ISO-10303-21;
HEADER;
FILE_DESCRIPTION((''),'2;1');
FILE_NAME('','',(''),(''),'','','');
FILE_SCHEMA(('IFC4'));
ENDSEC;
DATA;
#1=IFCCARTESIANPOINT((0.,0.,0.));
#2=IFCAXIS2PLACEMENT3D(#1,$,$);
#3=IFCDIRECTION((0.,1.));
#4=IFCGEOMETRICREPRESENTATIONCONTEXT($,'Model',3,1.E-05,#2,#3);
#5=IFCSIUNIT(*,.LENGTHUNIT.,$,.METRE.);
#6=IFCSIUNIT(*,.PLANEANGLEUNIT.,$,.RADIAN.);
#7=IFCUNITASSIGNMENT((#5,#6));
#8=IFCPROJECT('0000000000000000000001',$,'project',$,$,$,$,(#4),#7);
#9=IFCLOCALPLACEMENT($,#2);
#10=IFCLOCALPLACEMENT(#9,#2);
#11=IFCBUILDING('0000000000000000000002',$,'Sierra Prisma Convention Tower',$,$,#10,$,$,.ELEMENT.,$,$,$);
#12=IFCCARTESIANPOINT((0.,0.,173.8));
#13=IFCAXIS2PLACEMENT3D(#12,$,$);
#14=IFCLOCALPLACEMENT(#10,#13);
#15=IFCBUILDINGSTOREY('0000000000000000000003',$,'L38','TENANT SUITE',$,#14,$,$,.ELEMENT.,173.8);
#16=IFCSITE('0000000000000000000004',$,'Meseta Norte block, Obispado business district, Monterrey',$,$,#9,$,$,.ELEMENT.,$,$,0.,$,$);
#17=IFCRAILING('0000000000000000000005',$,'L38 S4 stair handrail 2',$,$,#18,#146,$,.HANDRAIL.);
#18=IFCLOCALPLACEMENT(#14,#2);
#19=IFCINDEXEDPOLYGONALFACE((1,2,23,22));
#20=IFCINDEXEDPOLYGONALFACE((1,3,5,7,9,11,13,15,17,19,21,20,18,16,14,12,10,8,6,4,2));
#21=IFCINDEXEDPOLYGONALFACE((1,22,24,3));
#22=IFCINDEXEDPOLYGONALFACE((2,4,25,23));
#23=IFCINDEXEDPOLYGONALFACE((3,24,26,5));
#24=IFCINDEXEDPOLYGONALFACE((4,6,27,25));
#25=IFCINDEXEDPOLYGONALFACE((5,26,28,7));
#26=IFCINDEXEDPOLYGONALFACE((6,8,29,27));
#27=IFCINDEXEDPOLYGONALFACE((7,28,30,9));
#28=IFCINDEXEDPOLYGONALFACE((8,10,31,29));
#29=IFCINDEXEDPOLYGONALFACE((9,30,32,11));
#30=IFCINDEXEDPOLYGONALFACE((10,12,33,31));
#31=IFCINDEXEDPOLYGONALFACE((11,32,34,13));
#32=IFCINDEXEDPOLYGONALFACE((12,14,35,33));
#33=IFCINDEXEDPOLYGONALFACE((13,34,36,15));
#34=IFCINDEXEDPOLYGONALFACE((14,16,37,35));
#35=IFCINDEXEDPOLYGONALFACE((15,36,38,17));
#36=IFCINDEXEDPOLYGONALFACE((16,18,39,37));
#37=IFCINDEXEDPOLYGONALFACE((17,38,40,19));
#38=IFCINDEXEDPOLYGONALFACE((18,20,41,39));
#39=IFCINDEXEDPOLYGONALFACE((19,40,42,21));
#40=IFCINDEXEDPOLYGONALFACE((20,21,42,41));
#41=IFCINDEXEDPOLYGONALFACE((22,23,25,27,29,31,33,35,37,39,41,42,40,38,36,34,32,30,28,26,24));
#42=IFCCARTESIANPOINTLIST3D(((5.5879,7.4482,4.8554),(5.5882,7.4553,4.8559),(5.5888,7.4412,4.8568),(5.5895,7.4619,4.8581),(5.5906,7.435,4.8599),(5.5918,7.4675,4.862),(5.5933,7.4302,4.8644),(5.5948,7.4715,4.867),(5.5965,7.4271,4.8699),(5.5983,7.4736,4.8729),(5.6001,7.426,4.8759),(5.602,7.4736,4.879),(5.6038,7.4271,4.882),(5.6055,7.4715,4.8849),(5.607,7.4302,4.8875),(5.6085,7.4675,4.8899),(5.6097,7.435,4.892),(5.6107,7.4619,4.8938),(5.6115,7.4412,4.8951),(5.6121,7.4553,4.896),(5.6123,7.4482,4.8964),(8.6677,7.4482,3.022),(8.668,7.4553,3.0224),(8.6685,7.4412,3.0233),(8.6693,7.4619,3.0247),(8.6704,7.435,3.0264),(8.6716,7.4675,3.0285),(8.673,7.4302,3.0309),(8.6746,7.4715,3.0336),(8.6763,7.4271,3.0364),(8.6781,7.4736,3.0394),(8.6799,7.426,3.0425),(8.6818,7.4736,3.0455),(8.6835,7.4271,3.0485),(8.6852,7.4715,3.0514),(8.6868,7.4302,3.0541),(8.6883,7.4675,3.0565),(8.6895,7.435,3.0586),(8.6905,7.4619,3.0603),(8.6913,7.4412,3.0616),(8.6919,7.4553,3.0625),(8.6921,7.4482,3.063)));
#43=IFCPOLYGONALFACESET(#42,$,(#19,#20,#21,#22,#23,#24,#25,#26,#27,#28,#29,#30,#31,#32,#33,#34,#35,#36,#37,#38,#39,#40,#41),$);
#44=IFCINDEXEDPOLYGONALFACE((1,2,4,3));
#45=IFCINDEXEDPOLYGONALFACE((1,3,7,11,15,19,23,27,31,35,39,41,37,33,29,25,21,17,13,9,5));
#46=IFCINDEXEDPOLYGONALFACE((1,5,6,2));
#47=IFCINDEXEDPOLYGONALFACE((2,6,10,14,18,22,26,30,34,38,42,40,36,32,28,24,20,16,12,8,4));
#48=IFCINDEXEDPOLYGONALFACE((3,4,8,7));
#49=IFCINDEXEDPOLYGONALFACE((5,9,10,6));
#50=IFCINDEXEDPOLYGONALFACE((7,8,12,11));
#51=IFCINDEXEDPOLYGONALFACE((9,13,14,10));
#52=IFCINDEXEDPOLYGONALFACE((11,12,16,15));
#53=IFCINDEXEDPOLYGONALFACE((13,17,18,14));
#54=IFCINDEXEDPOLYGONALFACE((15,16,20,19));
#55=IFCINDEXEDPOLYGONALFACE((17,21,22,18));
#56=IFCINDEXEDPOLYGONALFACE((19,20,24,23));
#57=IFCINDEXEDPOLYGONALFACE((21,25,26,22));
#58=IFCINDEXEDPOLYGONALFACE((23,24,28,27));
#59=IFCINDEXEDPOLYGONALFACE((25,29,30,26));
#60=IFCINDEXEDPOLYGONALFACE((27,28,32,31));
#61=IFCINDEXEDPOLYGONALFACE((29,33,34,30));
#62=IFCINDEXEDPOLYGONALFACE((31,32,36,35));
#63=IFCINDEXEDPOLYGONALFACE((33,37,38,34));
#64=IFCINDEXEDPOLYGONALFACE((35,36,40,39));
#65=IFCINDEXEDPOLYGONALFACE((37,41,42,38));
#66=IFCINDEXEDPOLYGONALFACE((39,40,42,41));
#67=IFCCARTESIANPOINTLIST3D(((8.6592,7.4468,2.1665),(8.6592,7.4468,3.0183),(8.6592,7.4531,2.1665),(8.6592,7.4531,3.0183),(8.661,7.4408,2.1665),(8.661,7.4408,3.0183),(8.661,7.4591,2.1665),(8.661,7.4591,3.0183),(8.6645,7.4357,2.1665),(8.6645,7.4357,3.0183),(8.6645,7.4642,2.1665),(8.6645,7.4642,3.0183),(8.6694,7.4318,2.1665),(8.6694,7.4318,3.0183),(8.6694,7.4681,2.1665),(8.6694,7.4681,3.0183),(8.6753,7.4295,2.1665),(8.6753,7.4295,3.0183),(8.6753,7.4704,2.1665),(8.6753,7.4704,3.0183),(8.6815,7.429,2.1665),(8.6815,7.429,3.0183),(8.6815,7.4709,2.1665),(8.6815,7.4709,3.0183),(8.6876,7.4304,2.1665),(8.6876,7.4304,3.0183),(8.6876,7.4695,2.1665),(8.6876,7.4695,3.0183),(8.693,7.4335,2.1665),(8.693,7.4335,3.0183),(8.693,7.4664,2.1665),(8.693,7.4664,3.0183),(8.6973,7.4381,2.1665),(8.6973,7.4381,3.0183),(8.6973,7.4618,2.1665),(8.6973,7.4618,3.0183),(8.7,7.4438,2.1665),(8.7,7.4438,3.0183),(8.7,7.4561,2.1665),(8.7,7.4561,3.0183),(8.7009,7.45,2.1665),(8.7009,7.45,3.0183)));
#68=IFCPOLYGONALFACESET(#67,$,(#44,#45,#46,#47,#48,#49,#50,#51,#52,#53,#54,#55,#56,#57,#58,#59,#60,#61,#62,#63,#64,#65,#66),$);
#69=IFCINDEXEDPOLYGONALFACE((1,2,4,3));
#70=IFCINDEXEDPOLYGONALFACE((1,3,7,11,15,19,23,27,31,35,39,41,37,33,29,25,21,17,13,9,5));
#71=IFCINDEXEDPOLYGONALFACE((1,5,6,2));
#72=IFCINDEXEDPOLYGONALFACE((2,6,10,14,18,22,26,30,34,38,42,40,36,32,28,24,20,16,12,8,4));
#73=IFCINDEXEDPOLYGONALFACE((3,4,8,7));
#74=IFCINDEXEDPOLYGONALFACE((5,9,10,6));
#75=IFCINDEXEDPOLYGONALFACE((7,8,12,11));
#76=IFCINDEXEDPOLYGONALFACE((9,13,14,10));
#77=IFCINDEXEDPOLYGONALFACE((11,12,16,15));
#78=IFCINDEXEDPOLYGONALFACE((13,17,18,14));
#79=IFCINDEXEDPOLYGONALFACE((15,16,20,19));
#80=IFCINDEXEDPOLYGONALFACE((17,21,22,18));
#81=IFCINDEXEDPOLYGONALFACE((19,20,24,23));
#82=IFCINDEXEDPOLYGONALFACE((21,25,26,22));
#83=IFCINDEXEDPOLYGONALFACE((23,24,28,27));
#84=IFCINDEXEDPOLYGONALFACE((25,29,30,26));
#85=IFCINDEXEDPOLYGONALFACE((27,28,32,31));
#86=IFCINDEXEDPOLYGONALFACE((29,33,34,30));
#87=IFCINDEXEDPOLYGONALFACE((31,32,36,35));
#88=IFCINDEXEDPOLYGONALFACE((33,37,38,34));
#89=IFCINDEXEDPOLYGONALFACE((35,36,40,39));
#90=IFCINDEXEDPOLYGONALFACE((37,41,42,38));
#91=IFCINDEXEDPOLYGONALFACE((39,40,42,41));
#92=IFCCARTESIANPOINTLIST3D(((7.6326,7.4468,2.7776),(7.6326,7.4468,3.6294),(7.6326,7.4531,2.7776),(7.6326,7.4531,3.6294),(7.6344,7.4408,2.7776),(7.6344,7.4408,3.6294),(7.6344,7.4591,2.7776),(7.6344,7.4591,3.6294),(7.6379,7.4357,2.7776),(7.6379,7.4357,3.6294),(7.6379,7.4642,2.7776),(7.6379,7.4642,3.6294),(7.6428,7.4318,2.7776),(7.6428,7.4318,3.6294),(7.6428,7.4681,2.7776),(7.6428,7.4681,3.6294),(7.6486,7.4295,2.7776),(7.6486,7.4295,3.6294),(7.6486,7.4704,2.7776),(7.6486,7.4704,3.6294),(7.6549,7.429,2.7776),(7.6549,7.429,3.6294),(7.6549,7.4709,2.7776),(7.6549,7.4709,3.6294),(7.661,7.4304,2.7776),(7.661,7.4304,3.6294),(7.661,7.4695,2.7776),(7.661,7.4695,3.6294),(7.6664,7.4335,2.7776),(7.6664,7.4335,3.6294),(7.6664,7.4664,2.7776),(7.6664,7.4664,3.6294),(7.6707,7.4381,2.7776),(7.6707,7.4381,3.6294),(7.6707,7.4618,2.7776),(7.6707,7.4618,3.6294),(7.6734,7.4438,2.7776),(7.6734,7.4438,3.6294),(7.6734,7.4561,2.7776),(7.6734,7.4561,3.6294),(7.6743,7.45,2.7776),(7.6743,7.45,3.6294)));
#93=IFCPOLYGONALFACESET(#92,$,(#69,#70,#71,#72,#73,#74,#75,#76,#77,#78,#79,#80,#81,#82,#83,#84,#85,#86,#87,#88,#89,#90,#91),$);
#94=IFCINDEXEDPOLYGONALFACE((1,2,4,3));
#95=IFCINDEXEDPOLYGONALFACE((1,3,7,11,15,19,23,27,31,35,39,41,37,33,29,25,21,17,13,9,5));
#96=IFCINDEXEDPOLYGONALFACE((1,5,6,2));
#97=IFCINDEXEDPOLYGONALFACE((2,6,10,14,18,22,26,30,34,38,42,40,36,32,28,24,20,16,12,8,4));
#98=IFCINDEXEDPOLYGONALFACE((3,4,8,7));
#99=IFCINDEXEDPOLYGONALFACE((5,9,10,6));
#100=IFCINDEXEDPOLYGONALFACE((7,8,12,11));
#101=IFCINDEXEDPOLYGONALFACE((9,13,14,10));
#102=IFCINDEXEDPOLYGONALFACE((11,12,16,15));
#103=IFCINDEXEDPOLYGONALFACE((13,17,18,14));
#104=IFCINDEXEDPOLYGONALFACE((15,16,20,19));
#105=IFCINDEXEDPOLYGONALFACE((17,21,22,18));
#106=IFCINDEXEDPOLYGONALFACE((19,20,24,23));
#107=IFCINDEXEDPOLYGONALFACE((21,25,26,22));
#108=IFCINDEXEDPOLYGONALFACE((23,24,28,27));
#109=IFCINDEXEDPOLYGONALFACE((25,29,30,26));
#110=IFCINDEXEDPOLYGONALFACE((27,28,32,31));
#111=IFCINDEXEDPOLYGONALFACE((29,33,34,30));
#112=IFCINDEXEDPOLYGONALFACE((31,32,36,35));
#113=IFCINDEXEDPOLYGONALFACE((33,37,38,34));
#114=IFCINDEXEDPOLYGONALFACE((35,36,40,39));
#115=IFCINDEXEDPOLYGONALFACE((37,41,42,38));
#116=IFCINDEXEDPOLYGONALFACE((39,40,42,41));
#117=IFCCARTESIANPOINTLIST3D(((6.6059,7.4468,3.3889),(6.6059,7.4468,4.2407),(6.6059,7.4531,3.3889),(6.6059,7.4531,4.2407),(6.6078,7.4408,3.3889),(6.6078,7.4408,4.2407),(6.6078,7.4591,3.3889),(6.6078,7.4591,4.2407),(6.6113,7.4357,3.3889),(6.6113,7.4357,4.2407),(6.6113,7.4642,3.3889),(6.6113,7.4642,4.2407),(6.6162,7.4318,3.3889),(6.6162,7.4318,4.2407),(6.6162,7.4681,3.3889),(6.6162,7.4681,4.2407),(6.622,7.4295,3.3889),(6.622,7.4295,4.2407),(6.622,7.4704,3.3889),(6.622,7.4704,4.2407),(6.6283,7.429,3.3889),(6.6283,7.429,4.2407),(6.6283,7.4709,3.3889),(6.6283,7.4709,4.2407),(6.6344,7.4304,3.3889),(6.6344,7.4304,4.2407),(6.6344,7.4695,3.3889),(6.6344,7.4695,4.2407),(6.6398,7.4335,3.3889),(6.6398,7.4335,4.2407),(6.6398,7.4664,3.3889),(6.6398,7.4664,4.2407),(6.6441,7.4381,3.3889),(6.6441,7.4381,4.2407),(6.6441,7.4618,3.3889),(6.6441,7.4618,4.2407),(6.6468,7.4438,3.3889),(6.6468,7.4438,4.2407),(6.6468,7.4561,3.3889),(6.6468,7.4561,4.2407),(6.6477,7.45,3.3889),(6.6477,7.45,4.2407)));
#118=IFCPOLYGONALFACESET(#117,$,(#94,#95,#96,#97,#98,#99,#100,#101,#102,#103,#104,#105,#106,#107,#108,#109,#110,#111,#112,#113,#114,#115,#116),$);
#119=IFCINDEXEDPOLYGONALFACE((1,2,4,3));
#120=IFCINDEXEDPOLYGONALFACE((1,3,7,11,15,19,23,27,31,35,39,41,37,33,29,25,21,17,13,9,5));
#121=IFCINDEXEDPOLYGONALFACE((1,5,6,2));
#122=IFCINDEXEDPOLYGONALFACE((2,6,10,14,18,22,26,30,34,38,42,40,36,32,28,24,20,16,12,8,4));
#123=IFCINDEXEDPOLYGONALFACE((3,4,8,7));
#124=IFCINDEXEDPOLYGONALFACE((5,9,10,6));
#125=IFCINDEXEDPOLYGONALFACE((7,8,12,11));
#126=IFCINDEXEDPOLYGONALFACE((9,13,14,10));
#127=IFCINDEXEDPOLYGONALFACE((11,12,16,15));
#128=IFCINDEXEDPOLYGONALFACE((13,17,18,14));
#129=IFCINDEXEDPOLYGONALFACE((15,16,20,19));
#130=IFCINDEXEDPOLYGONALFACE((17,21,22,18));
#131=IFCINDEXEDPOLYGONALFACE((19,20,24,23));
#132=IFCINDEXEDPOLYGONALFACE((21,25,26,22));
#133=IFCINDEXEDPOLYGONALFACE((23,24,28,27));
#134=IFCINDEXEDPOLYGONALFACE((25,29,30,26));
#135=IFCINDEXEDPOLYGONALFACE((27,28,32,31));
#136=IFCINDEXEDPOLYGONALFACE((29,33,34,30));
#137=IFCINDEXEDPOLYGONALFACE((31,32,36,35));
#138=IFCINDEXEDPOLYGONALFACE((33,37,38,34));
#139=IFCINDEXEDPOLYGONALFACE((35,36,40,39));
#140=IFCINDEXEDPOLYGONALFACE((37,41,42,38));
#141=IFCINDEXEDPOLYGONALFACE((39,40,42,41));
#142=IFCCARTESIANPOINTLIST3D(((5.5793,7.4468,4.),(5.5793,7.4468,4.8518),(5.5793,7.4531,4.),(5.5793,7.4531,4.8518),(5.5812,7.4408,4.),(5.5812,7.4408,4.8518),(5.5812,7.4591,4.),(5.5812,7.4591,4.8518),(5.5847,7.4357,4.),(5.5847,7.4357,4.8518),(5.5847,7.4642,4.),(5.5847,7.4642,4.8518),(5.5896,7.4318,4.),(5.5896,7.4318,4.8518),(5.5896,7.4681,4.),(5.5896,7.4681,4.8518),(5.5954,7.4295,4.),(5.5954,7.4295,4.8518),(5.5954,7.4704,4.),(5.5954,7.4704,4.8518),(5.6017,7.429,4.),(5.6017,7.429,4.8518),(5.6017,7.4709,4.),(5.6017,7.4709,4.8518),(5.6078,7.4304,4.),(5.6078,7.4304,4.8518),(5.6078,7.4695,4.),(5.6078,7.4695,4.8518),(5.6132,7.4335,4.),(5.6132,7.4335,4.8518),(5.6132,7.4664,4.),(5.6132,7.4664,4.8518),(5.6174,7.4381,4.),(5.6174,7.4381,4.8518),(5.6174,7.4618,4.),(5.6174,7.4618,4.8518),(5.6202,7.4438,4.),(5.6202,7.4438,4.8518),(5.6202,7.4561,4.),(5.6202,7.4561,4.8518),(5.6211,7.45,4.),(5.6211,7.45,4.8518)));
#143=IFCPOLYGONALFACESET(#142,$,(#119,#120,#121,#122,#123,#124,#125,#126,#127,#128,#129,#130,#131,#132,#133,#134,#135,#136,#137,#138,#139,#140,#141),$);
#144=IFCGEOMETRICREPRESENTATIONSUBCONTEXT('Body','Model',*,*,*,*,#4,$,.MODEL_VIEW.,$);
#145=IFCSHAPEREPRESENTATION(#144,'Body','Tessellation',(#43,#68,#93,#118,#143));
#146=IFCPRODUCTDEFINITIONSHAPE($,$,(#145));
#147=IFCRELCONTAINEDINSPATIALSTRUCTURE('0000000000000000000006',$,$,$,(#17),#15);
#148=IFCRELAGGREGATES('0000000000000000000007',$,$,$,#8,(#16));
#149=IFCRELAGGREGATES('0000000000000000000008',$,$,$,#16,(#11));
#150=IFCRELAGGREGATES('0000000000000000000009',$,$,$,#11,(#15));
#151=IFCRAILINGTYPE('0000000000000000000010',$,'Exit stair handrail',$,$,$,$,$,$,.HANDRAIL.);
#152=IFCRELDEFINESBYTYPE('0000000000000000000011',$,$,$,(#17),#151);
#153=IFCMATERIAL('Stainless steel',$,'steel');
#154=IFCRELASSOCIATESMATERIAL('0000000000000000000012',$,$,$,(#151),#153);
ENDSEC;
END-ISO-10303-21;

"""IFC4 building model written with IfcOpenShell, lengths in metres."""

from ifc_helpers import new_model, si_unit, direction, frame, origin, origin_2d, place, context, subcontext, project, spatial, circle, extrude, material, type_object, element, save


model = new_model("IFC4")

# Units and contexts
model_context = context("Model", 3, precision=1e-05, world=origin(), true_north=direction((0.0, 1.0)))
body_context = subcontext(model_context, "Body", "Model", "MODEL_VIEW")
ifc_project = project(units=[si_unit("LENGTHUNIT", "METRE"), si_unit("PLANEANGLEUNIT", "RADIAN")], contexts=[model_context])

# Site, building, storey
site_placement = place(None, origin())
site = spatial("IfcSite", under=ifc_project, at=site_placement, Name="Meseta Norte block, Obispado business district, Monterrey", CompositionType="ELEMENT", RefElevation=0.0)
building_placement = place(site_placement, origin())
building = spatial("IfcBuilding", under=site, at=building_placement, Name="Sierra Prisma Convention Tower", CompositionType="ELEMENT")
storey_placement = place(building_placement, frame((0.0, 0.0, 173.8)))
storey = spatial("IfcBuildingStorey", under=building, at=storey_placement, Name="L38", Description="TENANT SUITE", CompositionType="ELEMENT", Elevation=173.8)

# Railing
ifc_material_1 = material(Name="Stainless steel", Category="steel")
railing_type_1 = type_object("IfcRailingType", Name="Exit stair handrail", PredefinedType="HANDRAIL", material=ifc_material_1)
railing_1_placement = place(storey_placement, frame((8.6799, 7.45, 2.1665)))
element("IfcRailing", 1, at=railing_1_placement, inside=storey, type_object=railing_type_1, Name="L38 S4 stair handrail 2", PredefinedType="HANDRAIL", context=body_context, shape_type="SweptSolid", body=[
    extrude(circle(Radius=0.0239, at=origin_2d()), frame((0.0, 0.0, 0.876), z_axis=(-0.859261, 0.0, 0.511538), x_axis=(0.0, -1.0, 0.0)), (0.0, 0.0, 1.0), 3.5842),
    extrude(circle(Radius=0.021, at=origin_2d()), origin(), (0.0, 0.0, 1.0), 0.8518),
    extrude(circle(Radius=0.021, at=origin_2d()), frame((-1.0266, 0.0, 0.6111)), (0.0, 0.0, 1.0), 0.8518),
    extrude(circle(Radius=0.021, at=origin_2d()), frame((-2.0532, 0.0, 1.2224)), (0.0, 0.0, 1.0), 0.8518),
    extrude(circle(Radius=0.021, at=origin_2d()), frame((-3.0798, 0.0, 1.8335)), (0.0, 0.0, 1.0), 0.8518),
])

save(model, "model.ifc")
